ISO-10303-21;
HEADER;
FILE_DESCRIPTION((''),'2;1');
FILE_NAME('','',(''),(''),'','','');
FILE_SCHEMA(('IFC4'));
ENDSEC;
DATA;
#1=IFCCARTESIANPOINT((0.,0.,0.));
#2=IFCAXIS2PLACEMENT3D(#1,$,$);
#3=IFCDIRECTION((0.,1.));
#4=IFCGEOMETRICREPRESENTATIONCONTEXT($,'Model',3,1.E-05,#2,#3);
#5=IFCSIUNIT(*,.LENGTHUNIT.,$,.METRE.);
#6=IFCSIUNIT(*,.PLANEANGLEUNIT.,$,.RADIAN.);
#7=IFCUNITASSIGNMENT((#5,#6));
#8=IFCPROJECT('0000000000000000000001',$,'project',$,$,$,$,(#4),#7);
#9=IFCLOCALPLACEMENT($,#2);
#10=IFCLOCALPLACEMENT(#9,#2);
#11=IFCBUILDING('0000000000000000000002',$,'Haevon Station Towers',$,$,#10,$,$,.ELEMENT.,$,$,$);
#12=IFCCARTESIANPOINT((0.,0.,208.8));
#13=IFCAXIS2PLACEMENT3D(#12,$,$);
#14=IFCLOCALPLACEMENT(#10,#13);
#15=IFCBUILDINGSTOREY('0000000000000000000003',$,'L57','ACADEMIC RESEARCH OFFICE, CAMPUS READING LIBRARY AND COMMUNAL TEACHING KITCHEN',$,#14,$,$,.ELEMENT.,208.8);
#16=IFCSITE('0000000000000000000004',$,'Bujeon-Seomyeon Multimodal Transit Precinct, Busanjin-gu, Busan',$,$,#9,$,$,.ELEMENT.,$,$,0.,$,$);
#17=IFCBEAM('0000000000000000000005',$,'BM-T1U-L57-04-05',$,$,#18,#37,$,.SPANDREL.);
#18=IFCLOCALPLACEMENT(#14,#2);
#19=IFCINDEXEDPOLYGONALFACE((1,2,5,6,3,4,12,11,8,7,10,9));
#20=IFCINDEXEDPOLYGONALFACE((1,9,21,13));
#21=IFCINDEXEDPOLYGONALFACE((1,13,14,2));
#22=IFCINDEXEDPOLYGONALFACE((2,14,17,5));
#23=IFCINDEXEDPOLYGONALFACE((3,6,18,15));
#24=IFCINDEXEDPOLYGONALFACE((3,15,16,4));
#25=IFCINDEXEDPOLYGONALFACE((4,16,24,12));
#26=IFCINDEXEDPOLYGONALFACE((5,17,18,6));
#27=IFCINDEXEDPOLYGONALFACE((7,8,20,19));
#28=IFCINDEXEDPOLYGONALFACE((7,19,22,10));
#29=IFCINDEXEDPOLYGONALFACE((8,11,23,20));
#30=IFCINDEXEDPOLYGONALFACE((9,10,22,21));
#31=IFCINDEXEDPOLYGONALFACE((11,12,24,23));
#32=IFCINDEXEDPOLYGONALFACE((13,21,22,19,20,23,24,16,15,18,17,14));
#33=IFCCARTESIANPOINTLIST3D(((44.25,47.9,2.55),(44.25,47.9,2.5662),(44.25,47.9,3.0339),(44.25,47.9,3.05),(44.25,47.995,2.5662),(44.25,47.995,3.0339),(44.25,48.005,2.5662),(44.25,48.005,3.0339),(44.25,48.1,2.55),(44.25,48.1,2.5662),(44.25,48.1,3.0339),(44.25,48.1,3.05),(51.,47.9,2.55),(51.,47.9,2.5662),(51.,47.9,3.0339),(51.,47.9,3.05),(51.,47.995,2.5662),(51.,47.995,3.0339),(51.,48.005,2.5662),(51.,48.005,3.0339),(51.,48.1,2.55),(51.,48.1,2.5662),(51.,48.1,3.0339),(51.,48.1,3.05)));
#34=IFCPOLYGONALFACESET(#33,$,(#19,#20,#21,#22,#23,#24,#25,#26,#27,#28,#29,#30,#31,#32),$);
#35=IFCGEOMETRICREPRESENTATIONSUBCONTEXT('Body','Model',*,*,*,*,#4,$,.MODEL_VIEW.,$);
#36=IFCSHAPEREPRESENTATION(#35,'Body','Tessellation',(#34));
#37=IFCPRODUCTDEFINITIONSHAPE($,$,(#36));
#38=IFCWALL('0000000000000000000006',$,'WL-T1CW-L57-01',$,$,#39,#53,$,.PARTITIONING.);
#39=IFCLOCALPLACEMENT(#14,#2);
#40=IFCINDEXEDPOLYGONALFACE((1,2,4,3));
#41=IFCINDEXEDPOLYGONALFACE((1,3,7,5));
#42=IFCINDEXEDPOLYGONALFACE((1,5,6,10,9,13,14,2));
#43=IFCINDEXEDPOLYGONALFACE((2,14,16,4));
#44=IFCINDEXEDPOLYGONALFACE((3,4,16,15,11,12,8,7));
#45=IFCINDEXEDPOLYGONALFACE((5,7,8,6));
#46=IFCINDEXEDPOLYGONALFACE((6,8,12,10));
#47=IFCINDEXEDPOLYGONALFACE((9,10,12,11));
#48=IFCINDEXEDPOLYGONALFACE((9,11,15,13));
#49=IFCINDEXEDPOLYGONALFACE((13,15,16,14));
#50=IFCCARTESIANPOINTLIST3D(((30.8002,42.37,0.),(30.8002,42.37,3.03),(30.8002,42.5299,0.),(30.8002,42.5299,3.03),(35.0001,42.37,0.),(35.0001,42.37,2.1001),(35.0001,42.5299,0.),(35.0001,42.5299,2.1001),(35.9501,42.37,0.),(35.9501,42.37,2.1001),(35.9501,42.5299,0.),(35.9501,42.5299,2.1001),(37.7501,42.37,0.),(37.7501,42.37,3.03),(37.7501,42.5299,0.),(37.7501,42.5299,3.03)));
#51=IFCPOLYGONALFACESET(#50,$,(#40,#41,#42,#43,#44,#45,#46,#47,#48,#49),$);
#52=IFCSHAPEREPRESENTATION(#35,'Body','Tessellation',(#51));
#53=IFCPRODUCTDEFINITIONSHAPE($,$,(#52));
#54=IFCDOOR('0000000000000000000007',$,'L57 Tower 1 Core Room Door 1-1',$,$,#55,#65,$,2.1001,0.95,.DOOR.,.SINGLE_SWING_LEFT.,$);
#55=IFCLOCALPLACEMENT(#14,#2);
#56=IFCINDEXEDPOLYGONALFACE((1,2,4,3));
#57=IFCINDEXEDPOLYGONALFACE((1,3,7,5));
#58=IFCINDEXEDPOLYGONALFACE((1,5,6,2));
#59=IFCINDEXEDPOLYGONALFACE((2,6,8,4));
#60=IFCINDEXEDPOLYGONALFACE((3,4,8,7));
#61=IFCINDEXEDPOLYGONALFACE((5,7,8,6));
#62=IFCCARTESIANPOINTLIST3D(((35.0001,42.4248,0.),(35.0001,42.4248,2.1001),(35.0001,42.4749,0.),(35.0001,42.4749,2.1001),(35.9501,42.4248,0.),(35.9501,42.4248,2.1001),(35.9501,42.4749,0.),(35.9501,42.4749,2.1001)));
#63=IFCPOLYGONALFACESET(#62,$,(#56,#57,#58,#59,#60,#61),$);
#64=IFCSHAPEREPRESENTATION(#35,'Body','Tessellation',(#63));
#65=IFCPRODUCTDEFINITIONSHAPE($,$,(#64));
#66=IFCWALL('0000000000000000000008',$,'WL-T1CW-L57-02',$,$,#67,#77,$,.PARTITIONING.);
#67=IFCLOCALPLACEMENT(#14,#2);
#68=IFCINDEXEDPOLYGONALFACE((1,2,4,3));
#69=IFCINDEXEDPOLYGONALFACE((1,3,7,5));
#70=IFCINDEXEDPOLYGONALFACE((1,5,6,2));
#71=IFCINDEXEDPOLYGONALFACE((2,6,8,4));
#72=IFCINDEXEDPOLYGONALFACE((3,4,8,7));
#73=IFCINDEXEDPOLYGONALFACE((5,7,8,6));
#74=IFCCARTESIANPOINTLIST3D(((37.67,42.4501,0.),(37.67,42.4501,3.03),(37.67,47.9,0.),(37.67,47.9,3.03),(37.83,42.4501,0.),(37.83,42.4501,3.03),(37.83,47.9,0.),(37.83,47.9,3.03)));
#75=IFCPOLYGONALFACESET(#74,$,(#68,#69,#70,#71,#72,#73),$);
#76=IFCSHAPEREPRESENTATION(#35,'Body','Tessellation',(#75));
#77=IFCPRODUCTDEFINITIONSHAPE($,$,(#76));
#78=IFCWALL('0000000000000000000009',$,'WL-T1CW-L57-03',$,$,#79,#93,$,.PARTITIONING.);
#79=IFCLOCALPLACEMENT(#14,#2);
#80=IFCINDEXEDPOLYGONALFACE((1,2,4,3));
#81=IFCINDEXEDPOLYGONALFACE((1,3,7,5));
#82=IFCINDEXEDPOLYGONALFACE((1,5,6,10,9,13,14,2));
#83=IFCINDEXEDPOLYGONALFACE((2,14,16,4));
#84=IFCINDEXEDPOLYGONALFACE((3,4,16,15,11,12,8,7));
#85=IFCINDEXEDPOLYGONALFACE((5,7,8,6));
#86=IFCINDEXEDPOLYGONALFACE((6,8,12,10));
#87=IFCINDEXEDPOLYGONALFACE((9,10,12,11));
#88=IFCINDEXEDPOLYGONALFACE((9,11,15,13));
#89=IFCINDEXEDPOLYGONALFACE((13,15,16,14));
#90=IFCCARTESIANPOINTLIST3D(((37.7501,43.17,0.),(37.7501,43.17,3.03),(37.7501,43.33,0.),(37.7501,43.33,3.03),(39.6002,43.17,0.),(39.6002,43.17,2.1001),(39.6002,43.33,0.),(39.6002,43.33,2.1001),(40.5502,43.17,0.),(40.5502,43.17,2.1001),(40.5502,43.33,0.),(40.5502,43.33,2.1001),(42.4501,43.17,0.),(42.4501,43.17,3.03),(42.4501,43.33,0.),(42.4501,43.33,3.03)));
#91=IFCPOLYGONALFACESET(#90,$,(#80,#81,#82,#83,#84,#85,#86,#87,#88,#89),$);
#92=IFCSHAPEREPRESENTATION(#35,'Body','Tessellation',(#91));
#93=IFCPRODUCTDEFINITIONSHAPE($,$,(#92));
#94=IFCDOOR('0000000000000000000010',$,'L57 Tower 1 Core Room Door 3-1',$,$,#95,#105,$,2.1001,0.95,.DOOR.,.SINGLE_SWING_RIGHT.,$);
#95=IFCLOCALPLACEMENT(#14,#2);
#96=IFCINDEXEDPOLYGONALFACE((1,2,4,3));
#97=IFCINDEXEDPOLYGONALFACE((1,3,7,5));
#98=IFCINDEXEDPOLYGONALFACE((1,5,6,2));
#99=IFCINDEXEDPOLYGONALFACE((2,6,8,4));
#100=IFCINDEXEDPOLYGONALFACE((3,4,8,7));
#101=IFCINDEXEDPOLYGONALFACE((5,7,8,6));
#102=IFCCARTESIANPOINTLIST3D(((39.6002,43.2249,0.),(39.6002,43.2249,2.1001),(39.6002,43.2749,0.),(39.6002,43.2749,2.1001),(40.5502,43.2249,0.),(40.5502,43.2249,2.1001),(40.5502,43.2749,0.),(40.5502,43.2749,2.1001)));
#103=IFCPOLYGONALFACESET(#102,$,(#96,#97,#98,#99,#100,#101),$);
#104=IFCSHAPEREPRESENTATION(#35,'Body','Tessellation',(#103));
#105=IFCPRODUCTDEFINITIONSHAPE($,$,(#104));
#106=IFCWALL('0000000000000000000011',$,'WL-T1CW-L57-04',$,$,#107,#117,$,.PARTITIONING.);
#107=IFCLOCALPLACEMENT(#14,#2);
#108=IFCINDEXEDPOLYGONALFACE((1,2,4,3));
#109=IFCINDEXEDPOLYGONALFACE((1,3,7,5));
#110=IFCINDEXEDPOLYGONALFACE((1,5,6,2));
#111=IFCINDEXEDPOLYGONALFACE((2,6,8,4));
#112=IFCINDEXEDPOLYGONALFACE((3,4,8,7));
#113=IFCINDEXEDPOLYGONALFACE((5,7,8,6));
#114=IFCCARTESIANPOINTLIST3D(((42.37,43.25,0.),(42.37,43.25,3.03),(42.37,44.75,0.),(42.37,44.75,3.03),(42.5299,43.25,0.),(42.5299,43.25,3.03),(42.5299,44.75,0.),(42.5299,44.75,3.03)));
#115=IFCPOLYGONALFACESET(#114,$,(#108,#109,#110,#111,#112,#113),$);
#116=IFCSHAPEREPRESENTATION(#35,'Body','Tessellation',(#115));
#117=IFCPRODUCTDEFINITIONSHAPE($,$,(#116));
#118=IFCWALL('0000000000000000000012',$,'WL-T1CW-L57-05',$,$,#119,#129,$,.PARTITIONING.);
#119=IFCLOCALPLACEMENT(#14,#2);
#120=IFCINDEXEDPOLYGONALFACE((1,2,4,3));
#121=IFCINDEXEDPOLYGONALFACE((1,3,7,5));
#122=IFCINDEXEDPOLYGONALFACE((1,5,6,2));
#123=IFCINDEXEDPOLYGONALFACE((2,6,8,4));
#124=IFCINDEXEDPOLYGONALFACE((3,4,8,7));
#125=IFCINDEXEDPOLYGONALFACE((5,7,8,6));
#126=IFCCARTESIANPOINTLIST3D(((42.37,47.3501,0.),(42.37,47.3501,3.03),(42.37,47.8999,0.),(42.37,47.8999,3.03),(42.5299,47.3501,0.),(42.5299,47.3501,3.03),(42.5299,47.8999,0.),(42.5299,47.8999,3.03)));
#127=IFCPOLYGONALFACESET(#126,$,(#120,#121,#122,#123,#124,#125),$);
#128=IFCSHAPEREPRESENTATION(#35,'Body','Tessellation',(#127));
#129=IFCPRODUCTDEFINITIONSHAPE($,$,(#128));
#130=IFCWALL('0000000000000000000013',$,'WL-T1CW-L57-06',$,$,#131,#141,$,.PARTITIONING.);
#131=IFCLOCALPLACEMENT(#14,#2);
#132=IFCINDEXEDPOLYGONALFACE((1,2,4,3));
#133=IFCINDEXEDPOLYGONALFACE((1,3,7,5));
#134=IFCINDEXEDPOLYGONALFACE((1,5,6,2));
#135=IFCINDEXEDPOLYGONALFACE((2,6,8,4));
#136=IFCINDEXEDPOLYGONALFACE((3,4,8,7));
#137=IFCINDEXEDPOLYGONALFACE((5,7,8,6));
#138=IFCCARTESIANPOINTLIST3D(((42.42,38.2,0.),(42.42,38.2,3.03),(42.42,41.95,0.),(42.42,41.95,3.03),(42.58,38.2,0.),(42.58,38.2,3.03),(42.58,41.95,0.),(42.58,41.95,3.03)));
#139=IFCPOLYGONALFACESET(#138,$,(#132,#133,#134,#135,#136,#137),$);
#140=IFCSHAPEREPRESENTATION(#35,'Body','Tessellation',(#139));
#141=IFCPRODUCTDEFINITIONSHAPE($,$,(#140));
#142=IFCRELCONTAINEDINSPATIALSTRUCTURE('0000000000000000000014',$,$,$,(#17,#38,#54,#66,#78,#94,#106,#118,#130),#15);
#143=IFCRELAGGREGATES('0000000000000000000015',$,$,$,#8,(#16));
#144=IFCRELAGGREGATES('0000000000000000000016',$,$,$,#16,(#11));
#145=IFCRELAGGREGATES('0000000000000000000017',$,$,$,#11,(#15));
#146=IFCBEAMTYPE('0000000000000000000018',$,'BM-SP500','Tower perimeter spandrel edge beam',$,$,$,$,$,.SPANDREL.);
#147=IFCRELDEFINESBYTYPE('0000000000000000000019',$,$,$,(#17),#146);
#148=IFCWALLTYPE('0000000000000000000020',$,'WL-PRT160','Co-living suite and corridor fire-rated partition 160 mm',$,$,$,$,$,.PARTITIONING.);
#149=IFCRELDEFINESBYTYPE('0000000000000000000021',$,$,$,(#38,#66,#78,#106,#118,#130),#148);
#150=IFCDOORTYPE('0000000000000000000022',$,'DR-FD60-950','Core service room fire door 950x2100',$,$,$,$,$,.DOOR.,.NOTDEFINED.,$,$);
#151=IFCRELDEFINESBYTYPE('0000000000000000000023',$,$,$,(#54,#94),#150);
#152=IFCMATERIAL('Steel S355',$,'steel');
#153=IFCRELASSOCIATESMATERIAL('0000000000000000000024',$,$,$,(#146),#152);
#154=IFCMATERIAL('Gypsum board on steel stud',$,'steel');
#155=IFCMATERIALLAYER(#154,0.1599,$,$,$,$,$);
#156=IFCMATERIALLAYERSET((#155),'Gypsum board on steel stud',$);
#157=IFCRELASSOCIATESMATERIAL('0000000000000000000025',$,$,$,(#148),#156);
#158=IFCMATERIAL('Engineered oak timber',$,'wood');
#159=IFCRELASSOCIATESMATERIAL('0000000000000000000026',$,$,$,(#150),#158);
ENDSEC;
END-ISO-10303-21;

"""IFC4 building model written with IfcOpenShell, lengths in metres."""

from ifc_helpers import new_model, si_unit, direction, frame, frame_2d, origin, origin_2d, place, context, subcontext, project, spatial, rectangle, i_section, extrude, material, layer, layer_set, material_profile, profile_set, type_object, element, fill, save


model = new_model("IFC4")

# Units and contexts
model_context = context("Model", 3, precision=1e-05, world=origin(), true_north=direction((0.0, 1.0)))
body_context = subcontext(model_context, "Body", "Model", "MODEL_VIEW")
ifc_project = project(units=[si_unit("LENGTHUNIT", "METRE"), si_unit("PLANEANGLEUNIT", "RADIAN")], contexts=[model_context])

# Site, building, storey
site_placement = place(None, origin())
site = spatial("IfcSite", under=ifc_project, at=site_placement, Name="Bujeon-Seomyeon Multimodal Transit Precinct, Busanjin-gu, Busan", CompositionType="ELEMENT", RefElevation=0.0)
building_placement = place(site_placement, origin())
building = spatial("IfcBuilding", under=site, at=building_placement, Name="Haevon Station Towers", CompositionType="ELEMENT")
storey_placement = place(building_placement, frame((0.0, 0.0, 208.8)))
storey = spatial("IfcBuildingStorey", under=building, at=storey_placement, Name="L57", Description="ACADEMIC RESEARCH OFFICE, CAMPUS READING LIBRARY AND COMMUNAL TEACHING KITCHEN", CompositionType="ELEMENT", Elevation=208.8)

# Shared definitions
ifc_material_1 = material(Name="Steel S355", Category="steel")

# Beam
ifc_material_profile_1 = material_profile(ifc_material_1, i_section(OverallWidth=0.2, OverallDepth=0.5, WebThickness=0.01, FlangeThickness=0.0161, at=origin_2d()), Name="H-500x200x10x16")
ifc_profile_set_1 = profile_set([ifc_material_profile_1], Name="Steel S355")
beam_type_1 = type_object("IfcBeamType", Name="BM-SP500", Description="Tower perimeter spandrel edge beam", PredefinedType="SPANDREL", material=ifc_profile_set_1)
for number, where, z_axis, x_axis, name in (
    (1, (44.25, 48.0, 2.8), (1.0, 0.0, 0.0), (0.0, 1.0, 0.0), "BM-T1U-L57-04-05"),
):
    element("IfcBeam", number, at=place(storey_placement, frame(where, z_axis=z_axis, x_axis=x_axis)), inside=storey, type_object=beam_type_1, Name=name, PredefinedType="SPANDREL", context=body_context, shape_type="SweptSolid", body=[
        extrude(i_section(OverallWidth=0.2, OverallDepth=0.5, WebThickness=0.01, FlangeThickness=0.0161, at=origin_2d()), origin(), (0.0, 0.0, 1.0), 6.75),
    ])

# Wall, opening, door
ifc_material_2 = material(Name="Gypsum board on steel stud", Category="steel")
ifc_layer_1 = layer(ifc_material_2, 0.1599)
ifc_layer_set_1 = layer_set([ifc_layer_1], Name="Gypsum board on steel stud")
wall_type_1 = type_object("IfcWallType", Name="WL-PRT160", Description="Co-living suite and corridor fire-rated partition 160 mm", PredefinedType="PARTITIONING", material=ifc_layer_set_1)
wall_1_placement = place(storey_placement, frame((30.8, 42.45, 0.0), z_axis=(0.0, 0.0, 1.0), x_axis=(1.0, 0.0, 0.0)))
wall_1 = element("IfcWall", 2, at=wall_1_placement, inside=storey, type_object=wall_type_1, Name="WL-T1CW-L57-01", PredefinedType="PARTITIONING", context=body_context, shape_type="SweptSolid", body=[
    extrude(rectangle(XDim=6.95, YDim=0.1599, at=frame_2d((3.4751, 0.0))), origin(), (0.0, 0.0, 1.0), 3.03),
])
opening_1_placement = place(wall_1_placement, frame((4.2, 0.0, 0.0)))
opening_1 = element("IfcOpeningElement", 3, at=opening_1_placement, cuts=wall_1, PredefinedType="OPENING", context=body_context, shape_type="SweptSolid", body=[
    extrude(rectangle(XDim=0.95, YDim=2.1001, at=frame_2d((0.4751, 1.05))), frame((0.0, 0.0898, 0.0), z_axis=(0.0, -1.0, 0.0), x_axis=(1.0, 0.0, 0.0)), (0.0, 0.0, 1.0), 0.1799),
])
ifc_material_3 = material(Name="Engineered oak timber", Category="wood")
door_type_1 = type_object("IfcDoorType", Name="DR-FD60-950", Description="Core service room fire door 950x2100", OperationType="NOTDEFINED", PredefinedType="DOOR", material=ifc_material_3)
door_1_placement = place(opening_1_placement, origin())
door_1 = element("IfcDoor", 4, at=door_1_placement, inside=storey, type_object=door_type_1, Name="L57 Tower 1 Core Room Door 1-1", OperationType="SINGLE_SWING_LEFT", OverallHeight=2.1001, OverallWidth=0.95, PredefinedType="DOOR", context=body_context, shape_type="SweptSolid", body=[
    extrude(rectangle(XDim=0.95, YDim=2.1001, at=frame_2d((0.4751, 1.05))), frame((0.0, 0.0249, 0.0), z_axis=(0.0, -1.0, 0.0), x_axis=(1.0, 0.0, 0.0)), (0.0, 0.0, 1.0), 0.05),
])
fill(opening_1, door_1)

# Wall
wall_2_placement = place(storey_placement, frame((37.75, 42.45, 0.0), z_axis=(0.0, 0.0, 1.0), x_axis=(0.0, 1.0, 0.0)))
element("IfcWall", 5, at=wall_2_placement, inside=storey, type_object=wall_type_1, Name="WL-T1CW-L57-02", PredefinedType="PARTITIONING", context=body_context, shape_type="SweptSolid", body=[
    extrude(rectangle(XDim=5.45, YDim=0.1599, at=frame_2d((2.7251, 0.0))), origin(), (0.0, 0.0, 1.0), 3.03),
])

# Wall, opening, door
wall_3_placement = place(storey_placement, frame((37.75, 43.25, 0.0), z_axis=(0.0, 0.0, 1.0), x_axis=(1.0, 0.0, 0.0)))
wall_3 = element("IfcWall", 6, at=wall_3_placement, inside=storey, type_object=wall_type_1, Name="WL-T1CW-L57-03", PredefinedType="PARTITIONING", context=body_context, shape_type="SweptSolid", body=[
    extrude(rectangle(XDim=4.7, YDim=0.1599, at=frame_2d((2.3501, 0.0))), origin(), (0.0, 0.0, 1.0), 3.03),
])
opening_2_placement = place(wall_3_placement, frame((1.8501, 0.0, 0.0)))
opening_2 = element("IfcOpeningElement", 7, at=opening_2_placement, cuts=wall_3, PredefinedType="OPENING", context=body_context, shape_type="SweptSolid", body=[
    extrude(rectangle(XDim=0.95, YDim=2.1001, at=frame_2d((0.4751, 1.05))), frame((0.0, 0.0898, 0.0), z_axis=(0.0, -1.0, 0.0), x_axis=(1.0, 0.0, 0.0)), (0.0, 0.0, 1.0), 0.1799),
])
door_2_placement = place(opening_2_placement, origin())
door_2 = element("IfcDoor", 8, at=door_2_placement, inside=storey, type_object=door_type_1, Name="L57 Tower 1 Core Room Door 3-1", OperationType="SINGLE_SWING_RIGHT", OverallHeight=2.1001, OverallWidth=0.95, PredefinedType="DOOR", context=body_context, shape_type="SweptSolid", body=[
    extrude(rectangle(XDim=0.95, YDim=2.1001, at=frame_2d((0.4751, 1.05))), frame((0.0, 0.0249, 0.0), z_axis=(0.0, -1.0, 0.0), x_axis=(1.0, 0.0, 0.0)), (0.0, 0.0, 1.0), 0.05),
])
fill(opening_2, door_2)

# Walls
wall_4_placement = place(storey_placement, frame((42.45, 43.25, 0.0), z_axis=(0.0, 0.0, 1.0), x_axis=(0.0, 1.0, 0.0)))
element("IfcWall", 9, at=wall_4_placement, inside=storey, type_object=wall_type_1, Name="WL-T1CW-L57-04", PredefinedType="PARTITIONING", context=body_context, shape_type="SweptSolid", body=[
    extrude(rectangle(XDim=1.5, YDim=0.1599, at=frame_2d((0.75, 0.0))), origin(), (0.0, 0.0, 1.0), 3.03),
])
wall_5_placement = place(storey_placement, frame((42.45, 47.3501, 0.0), z_axis=(0.0, 0.0, 1.0), x_axis=(0.0, 1.0, 0.0)))
element("IfcWall", 10, at=wall_5_placement, inside=storey, type_object=wall_type_1, Name="WL-T1CW-L57-05", PredefinedType="PARTITIONING", context=body_context, shape_type="SweptSolid", body=[
    extrude(rectangle(XDim=0.5498, YDim=0.1599, at=frame_2d((0.2749, 0.0))), origin(), (0.0, 0.0, 1.0), 3.03),
])
wall_6_placement = place(storey_placement, frame((42.5, 38.2, 0.0), z_axis=(0.0, 0.0, 1.0), x_axis=(0.0, 1.0, 0.0)))
element("IfcWall", 11, at=wall_6_placement, inside=storey, type_object=wall_type_1, Name="WL-T1CW-L57-06", PredefinedType="PARTITIONING", context=body_context, shape_type="SweptSolid", body=[
    extrude(rectangle(XDim=3.75, YDim=0.1599, at=frame_2d((1.875, 0.0))), origin(), (0.0, 0.0, 1.0), 3.03),
])

save(model, "model.ifc")
